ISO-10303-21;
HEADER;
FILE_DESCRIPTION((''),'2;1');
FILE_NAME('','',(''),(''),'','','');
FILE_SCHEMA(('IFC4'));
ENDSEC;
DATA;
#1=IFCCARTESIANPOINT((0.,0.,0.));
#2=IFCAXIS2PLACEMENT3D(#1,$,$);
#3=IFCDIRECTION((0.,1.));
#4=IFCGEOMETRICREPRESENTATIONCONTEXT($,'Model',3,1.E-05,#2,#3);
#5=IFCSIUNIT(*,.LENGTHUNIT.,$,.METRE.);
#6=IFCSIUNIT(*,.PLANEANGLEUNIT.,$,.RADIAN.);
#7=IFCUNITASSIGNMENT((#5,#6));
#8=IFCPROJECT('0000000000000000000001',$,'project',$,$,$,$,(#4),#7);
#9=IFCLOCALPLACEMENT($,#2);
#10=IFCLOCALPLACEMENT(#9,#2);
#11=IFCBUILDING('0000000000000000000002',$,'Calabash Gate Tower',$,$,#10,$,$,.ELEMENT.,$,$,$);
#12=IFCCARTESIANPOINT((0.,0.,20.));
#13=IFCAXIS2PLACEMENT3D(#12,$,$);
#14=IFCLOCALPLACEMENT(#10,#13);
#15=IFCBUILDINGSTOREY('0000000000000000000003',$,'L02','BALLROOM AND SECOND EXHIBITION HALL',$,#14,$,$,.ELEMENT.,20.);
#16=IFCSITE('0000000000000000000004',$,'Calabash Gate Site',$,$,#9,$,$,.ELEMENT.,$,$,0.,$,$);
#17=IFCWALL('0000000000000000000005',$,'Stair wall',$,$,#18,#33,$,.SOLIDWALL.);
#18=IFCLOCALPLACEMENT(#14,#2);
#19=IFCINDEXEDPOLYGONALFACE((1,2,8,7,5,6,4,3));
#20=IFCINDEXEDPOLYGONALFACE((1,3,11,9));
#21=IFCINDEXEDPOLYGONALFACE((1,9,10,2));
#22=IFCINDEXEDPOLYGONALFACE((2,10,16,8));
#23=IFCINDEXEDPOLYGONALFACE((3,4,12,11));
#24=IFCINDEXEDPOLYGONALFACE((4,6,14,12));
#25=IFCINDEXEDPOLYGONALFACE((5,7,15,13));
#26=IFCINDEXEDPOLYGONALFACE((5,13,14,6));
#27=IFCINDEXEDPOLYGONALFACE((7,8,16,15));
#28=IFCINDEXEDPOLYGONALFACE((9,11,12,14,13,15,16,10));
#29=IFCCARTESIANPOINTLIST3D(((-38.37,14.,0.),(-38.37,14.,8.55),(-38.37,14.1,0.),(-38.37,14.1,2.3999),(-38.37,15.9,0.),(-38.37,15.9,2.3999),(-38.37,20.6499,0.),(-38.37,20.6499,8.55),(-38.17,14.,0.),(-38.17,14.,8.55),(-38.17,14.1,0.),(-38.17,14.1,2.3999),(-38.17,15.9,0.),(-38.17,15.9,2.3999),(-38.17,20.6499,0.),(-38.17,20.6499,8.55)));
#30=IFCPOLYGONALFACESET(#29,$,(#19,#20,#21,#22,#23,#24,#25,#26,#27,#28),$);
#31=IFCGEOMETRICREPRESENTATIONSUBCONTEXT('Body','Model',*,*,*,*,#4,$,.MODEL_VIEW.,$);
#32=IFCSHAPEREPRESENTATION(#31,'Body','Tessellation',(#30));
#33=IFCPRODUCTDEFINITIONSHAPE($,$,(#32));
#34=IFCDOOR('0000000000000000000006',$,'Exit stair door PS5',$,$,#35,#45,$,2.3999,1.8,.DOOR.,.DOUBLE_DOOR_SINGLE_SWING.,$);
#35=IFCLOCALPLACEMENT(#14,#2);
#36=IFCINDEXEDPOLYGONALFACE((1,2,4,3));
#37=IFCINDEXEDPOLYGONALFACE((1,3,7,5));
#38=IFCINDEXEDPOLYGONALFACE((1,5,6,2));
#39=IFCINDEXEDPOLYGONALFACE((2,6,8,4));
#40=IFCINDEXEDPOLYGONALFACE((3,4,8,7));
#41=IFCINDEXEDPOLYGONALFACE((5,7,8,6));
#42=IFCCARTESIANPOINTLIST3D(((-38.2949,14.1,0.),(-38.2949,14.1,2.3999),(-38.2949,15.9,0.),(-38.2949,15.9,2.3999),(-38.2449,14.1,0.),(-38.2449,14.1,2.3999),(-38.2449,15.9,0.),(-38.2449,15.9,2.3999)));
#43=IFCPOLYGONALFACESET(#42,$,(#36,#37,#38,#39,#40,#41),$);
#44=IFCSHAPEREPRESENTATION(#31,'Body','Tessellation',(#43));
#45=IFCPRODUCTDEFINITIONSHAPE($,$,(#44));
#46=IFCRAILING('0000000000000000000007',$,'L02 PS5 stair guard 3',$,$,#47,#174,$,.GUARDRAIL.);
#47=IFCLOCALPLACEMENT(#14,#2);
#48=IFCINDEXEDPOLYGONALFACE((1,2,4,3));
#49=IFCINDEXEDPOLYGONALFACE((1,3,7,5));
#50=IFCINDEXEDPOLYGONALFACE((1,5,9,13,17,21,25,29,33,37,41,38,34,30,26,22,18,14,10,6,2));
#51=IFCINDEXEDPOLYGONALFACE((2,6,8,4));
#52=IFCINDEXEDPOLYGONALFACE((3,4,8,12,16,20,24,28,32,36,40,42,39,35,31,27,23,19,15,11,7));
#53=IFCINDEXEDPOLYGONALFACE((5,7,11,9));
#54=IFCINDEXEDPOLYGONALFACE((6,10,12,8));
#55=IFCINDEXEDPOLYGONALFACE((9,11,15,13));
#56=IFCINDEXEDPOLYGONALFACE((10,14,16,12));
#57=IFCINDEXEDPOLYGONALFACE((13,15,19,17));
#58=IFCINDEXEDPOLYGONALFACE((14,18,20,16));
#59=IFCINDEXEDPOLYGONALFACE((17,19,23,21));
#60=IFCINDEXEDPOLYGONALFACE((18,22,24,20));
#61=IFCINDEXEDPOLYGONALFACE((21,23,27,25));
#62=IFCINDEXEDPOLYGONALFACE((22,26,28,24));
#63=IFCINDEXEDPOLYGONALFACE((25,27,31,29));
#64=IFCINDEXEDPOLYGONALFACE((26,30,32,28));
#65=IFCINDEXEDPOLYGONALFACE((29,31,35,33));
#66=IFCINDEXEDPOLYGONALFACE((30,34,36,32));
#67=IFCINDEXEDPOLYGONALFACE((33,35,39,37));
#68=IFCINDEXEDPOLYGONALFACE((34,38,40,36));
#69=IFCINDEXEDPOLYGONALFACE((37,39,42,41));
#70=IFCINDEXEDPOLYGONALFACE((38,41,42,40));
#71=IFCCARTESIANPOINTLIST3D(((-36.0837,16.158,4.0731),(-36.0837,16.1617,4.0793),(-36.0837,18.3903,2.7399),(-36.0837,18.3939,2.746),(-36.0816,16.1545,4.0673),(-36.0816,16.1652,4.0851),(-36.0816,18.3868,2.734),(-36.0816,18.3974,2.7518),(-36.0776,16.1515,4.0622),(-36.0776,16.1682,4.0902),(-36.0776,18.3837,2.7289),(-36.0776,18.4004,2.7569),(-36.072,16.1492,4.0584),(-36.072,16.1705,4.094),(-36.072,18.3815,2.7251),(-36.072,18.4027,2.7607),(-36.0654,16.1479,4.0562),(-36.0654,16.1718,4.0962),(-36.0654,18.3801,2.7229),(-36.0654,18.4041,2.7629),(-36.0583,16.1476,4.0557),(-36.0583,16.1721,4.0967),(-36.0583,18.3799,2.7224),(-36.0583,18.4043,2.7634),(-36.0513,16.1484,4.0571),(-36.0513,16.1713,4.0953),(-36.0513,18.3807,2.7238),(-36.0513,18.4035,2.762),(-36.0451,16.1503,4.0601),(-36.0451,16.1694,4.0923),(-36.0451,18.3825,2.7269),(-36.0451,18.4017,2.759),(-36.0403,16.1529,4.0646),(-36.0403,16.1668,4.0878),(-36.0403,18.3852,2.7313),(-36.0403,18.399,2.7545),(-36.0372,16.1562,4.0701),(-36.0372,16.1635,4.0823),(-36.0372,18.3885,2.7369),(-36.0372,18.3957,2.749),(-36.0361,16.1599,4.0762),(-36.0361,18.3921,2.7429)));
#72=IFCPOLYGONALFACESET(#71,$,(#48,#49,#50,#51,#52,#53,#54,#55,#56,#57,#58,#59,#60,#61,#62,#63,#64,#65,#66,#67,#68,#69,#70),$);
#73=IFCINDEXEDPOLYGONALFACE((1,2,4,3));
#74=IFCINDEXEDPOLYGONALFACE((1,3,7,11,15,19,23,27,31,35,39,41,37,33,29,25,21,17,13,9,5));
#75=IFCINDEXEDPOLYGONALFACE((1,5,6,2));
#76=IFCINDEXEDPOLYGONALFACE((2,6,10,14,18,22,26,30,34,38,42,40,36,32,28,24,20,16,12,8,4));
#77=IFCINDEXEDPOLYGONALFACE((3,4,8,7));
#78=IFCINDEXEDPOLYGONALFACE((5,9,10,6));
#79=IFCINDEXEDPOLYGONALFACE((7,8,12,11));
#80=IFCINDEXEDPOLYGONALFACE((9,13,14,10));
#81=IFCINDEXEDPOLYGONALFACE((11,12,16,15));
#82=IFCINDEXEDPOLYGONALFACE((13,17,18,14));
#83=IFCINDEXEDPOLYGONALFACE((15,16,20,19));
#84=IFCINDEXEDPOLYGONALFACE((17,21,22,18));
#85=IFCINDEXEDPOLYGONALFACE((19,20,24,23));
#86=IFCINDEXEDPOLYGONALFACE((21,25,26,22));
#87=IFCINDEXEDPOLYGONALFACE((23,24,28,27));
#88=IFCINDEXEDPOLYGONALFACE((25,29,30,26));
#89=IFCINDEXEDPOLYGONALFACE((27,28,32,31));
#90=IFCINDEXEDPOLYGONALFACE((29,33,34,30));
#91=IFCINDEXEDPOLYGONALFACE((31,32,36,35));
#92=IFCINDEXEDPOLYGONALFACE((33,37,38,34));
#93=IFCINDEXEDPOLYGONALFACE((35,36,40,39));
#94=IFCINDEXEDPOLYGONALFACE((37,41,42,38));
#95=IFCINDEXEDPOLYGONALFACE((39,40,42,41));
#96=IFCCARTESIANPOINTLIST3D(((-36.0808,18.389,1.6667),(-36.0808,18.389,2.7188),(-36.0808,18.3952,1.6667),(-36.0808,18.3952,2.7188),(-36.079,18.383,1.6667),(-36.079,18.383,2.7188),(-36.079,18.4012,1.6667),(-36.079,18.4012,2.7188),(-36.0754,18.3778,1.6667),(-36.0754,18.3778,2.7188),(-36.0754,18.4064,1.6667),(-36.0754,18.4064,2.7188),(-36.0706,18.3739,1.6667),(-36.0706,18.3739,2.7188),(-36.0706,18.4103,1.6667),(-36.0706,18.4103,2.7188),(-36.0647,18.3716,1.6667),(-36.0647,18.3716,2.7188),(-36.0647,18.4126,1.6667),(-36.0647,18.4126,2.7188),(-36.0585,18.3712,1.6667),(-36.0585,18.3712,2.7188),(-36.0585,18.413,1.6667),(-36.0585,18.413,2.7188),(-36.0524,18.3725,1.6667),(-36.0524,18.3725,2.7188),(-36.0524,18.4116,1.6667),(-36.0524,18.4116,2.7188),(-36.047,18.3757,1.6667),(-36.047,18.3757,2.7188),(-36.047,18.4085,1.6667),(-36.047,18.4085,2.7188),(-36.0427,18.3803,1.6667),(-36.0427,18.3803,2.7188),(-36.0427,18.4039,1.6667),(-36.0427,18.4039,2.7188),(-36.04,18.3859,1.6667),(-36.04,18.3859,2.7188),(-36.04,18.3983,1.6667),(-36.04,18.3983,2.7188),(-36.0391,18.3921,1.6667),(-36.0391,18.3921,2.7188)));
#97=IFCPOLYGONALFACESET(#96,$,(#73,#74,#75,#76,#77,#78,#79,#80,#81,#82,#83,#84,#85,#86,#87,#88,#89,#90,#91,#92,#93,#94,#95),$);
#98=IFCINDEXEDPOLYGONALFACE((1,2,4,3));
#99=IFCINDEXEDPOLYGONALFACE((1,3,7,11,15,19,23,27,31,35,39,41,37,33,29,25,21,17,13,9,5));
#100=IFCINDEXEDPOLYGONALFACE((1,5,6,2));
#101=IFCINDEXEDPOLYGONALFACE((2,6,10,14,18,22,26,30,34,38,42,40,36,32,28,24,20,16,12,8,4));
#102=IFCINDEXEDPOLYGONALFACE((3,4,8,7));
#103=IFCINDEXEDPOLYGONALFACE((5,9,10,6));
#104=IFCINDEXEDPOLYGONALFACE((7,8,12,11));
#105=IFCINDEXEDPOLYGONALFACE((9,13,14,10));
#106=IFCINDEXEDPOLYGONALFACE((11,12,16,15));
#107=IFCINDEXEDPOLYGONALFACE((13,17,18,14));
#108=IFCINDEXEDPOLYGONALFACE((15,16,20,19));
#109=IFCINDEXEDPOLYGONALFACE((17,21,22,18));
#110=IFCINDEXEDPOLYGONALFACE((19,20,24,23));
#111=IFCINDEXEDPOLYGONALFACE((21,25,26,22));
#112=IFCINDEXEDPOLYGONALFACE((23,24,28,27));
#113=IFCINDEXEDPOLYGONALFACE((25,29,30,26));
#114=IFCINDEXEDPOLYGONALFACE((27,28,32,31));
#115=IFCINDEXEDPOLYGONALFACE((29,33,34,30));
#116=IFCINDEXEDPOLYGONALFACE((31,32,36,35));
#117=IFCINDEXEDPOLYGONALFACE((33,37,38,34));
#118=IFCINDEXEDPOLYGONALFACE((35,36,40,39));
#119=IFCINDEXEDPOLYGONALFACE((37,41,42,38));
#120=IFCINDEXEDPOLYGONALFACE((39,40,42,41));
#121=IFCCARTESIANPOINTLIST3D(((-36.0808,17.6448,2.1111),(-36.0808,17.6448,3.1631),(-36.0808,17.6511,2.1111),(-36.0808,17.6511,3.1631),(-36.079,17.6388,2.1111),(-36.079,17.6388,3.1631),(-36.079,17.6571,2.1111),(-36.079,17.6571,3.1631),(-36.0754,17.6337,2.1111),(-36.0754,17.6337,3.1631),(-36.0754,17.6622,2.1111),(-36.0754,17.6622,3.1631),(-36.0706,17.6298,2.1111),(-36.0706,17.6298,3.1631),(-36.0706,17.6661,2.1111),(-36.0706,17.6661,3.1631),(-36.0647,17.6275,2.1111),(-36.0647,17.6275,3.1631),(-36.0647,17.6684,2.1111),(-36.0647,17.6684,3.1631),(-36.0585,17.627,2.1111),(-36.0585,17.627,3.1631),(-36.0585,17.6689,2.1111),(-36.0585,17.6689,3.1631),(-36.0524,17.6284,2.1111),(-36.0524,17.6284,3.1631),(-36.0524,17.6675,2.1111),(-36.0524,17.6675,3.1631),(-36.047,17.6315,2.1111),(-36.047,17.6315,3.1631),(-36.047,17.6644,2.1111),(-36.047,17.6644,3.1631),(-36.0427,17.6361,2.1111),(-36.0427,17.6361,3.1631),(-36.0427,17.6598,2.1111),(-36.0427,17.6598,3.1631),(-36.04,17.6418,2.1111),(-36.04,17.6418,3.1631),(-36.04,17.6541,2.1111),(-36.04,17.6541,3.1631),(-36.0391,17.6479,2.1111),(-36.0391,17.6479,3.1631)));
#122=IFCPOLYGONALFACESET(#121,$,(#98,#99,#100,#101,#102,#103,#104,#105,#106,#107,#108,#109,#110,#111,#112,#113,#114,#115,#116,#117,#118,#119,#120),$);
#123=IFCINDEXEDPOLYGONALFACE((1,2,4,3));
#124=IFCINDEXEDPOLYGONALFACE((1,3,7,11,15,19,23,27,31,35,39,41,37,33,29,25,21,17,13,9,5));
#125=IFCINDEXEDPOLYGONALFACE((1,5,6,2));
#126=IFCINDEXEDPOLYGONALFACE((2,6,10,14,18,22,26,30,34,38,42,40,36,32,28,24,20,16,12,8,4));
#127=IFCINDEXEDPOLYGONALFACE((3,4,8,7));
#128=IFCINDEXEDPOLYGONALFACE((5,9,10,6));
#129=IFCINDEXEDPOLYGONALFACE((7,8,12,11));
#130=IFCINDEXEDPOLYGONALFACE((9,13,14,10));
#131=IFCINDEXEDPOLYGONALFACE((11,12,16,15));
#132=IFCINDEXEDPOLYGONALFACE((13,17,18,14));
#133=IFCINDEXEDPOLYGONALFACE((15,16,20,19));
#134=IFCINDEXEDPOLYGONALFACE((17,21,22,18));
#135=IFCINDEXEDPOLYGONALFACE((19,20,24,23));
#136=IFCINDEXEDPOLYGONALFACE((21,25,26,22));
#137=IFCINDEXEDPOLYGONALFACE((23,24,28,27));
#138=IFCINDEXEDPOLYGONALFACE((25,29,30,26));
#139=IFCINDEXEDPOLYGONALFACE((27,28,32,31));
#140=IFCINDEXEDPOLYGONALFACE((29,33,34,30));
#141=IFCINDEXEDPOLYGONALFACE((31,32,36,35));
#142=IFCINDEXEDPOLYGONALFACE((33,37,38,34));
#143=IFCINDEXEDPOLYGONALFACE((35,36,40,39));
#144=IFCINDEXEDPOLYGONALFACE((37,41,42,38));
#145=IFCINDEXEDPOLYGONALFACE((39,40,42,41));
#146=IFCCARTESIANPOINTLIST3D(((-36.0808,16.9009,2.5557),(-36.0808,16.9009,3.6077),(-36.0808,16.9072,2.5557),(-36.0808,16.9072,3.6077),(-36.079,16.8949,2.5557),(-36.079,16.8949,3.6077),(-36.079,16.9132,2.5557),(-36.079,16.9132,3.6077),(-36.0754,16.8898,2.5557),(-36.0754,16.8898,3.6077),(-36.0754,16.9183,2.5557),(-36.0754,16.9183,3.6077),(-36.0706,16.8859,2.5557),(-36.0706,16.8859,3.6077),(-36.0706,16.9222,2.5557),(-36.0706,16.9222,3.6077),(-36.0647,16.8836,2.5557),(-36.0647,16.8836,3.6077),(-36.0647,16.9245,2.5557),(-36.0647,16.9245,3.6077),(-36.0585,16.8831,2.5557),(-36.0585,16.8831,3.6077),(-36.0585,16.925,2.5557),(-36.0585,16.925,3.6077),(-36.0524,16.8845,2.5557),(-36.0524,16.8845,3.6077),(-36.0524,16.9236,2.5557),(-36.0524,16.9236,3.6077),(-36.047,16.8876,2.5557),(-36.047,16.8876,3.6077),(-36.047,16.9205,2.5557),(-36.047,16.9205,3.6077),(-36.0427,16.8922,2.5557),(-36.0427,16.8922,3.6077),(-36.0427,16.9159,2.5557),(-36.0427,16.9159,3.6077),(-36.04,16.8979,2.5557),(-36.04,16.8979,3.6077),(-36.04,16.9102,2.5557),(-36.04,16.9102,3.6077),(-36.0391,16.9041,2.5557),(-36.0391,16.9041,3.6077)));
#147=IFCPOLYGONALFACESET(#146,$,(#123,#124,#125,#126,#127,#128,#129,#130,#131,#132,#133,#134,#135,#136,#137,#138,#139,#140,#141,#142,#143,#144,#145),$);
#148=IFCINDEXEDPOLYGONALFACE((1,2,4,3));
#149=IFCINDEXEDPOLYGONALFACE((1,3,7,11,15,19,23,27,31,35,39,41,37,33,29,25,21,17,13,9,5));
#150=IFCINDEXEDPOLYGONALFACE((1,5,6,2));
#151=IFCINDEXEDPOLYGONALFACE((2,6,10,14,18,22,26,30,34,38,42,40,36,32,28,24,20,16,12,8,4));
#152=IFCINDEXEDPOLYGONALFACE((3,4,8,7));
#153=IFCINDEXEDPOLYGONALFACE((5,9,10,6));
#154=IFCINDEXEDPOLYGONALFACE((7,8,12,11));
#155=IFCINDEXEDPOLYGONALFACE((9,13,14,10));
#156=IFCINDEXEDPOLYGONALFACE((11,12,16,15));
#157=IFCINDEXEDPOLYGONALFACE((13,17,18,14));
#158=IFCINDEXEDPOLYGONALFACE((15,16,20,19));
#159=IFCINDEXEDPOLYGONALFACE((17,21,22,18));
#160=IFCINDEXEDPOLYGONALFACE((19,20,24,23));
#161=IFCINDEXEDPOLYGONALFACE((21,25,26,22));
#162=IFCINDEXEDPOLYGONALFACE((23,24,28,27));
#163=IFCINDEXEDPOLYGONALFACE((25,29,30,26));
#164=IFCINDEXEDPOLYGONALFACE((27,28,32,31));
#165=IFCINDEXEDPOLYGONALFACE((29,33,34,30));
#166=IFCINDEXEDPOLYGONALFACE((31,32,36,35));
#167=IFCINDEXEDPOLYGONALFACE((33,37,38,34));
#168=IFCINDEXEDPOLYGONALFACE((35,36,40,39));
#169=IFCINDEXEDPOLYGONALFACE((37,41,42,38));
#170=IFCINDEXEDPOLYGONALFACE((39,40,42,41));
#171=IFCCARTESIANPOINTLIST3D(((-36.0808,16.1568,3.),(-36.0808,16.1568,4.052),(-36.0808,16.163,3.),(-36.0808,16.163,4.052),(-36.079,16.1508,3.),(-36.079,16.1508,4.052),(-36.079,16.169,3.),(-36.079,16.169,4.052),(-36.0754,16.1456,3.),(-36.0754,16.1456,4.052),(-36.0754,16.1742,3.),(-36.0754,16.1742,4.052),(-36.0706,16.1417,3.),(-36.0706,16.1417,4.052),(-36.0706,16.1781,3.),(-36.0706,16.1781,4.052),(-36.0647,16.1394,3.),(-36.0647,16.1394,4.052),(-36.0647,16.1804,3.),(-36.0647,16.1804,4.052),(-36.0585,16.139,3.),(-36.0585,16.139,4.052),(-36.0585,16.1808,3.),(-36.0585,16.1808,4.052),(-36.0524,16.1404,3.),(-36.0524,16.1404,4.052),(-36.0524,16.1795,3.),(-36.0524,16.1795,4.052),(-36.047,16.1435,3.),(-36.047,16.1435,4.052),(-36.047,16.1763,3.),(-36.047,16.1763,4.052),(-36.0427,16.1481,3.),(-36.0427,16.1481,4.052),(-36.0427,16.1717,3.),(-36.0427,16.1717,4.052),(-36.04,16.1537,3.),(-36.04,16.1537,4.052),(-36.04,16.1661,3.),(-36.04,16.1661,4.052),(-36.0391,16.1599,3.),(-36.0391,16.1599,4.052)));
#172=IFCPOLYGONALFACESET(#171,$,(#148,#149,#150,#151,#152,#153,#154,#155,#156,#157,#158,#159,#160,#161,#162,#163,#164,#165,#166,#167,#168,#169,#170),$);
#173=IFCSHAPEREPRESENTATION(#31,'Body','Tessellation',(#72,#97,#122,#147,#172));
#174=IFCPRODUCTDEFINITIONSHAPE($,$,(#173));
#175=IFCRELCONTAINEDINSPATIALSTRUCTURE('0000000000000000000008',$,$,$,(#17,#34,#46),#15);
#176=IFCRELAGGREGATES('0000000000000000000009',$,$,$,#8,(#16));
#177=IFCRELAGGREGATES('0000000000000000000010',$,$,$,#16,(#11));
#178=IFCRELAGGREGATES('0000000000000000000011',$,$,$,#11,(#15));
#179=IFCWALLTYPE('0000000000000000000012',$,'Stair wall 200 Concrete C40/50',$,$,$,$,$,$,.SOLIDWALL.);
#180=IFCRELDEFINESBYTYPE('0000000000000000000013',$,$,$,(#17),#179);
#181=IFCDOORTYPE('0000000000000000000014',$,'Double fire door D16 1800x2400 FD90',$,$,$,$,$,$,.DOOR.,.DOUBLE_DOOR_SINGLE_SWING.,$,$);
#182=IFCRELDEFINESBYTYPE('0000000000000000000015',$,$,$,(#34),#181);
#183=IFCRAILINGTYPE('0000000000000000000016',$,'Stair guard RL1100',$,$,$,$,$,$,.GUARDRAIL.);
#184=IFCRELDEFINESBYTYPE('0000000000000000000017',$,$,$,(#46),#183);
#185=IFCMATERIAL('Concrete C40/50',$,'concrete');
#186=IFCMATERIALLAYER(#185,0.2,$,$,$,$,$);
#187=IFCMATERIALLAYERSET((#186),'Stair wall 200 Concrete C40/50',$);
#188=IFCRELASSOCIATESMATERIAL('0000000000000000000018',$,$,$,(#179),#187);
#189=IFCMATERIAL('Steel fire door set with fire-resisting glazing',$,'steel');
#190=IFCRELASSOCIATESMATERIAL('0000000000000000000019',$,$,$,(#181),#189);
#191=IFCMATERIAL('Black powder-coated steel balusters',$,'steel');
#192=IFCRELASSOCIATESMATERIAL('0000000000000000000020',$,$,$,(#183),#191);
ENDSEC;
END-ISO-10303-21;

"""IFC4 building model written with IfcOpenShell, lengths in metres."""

from ifc_helpers import new_model, si_unit, direction, frame, frame_2d, origin, origin_2d, place, context, subcontext, project, spatial, rectangle, circle, extrude, material, layer, layer_set, type_object, element, fill, save


model = new_model("IFC4")

# Units and contexts
model_context = context("Model", 3, precision=1e-05, world=origin(), true_north=direction((0.0, 1.0)))
body_context = subcontext(model_context, "Body", "Model", "MODEL_VIEW")
ifc_project = project(units=[si_unit("LENGTHUNIT", "METRE"), si_unit("PLANEANGLEUNIT", "RADIAN")], contexts=[model_context])

# Site, building, storey
site_placement = place(None, origin())
site = spatial("IfcSite", under=ifc_project, at=site_placement, Name="Calabash Gate Site", CompositionType="ELEMENT", RefElevation=0.0)
building_placement = place(site_placement, origin())
building = spatial("IfcBuilding", under=site, at=building_placement, Name="Calabash Gate Tower", CompositionType="ELEMENT")
storey_placement = place(building_placement, frame((0.0, 0.0, 20.0)))
storey = spatial("IfcBuildingStorey", under=building, at=storey_placement, Name="L02", Description="BALLROOM AND SECOND EXHIBITION HALL", CompositionType="ELEMENT", Elevation=20.0)

# Shared definitions
ifc_material_1 = material(Name="Concrete C40/50", Category="concrete")
ifc_layer_1 = layer(ifc_material_1, 0.2)
ifc_layer_set_1 = layer_set([ifc_layer_1], Name="Stair wall 200 Concrete C40/50")
wall_type_1 = type_object("IfcWallType", Name="Stair wall 200 Concrete C40/50", PredefinedType="SOLIDWALL", material=ifc_layer_set_1)

# Wall, opening, door
wall_1_placement = place(storey_placement, frame((-38.27, 14.0, 0.0), z_axis=(0.0, 0.0, 1.0), x_axis=(0.0, 1.0, 0.0)))
wall_1 = element("IfcWall", 1, at=wall_1_placement, inside=storey, type_object=wall_type_1, Name="Stair wall", PredefinedType="SOLIDWALL", context=body_context, shape_type="SweptSolid", body=[
    extrude(rectangle(XDim=6.6499, YDim=0.2, at=frame_2d((3.325, 0.0))), origin(), (0.0, 0.0, 1.0), 8.55),
])
opening_placement = place(wall_1_placement, frame((0.1001, 0.0, 0.0)))
opening = element("IfcOpeningElement", 2, at=opening_placement, cuts=wall_1, PredefinedType="OPENING", context=body_context, shape_type="SweptSolid", body=[
    extrude(rectangle(XDim=1.8, YDim=2.3999, at=frame_2d((0.8999, 1.2))), frame((0.0, 0.1099, 0.0), z_axis=(0.0, -1.0, 0.0), x_axis=(1.0, 0.0, 0.0)), (0.0, 0.0, 1.0), 0.22),
])
ifc_material_2 = material(Name="Steel fire door set with fire-resisting glazing", Category="steel")
door_type = type_object("IfcDoorType", Name="Double fire door D16 1800x2400 FD90", OperationType="DOUBLE_DOOR_SINGLE_SWING", PredefinedType="DOOR", material=ifc_material_2)
door_placement = place(opening_placement, origin())
door = element("IfcDoor", 3, at=door_placement, inside=storey, type_object=door_type, Name="Exit stair door PS5", OperationType="DOUBLE_DOOR_SINGLE_SWING", OverallHeight=2.3999, OverallWidth=1.8, PredefinedType="DOOR", context=body_context, shape_type="SweptSolid", body=[
    extrude(rectangle(XDim=1.8, YDim=2.3999, at=frame_2d((0.8999, 1.2))), frame((0.0, 0.0249, 0.0), z_axis=(0.0, -1.0, 0.0), x_axis=(1.0, 0.0, 0.0)), (0.0, 0.0, 1.0), 0.05),
])
fill(opening, door)

# Railing
ifc_material_3 = material(Name="Black powder-coated steel balusters", Category="steel")
railing_type_1 = type_object("IfcRailingType", Name="Stair guard RL1100", PredefinedType="GUARDRAIL", material=ifc_material_3)
railing_1_placement = place(storey_placement, frame((-36.0601, 18.3921, 1.6667)))
element("IfcRailing", 4, at=railing_1_placement, inside=storey, type_object=railing_type_1, Name="L02 PS5 stair guard 3", PredefinedType="GUARDRAIL", context=body_context, shape_type="SweptSolid", body=[
    extrude(circle(Radius=0.0239, at=origin_2d()), frame((0.0, 0.0, 1.0762), z_axis=(0.0, -0.858519, 0.512782), x_axis=(1.0, 0.0, 0.0)), (0.0, 0.0, 1.0), 2.6001),
    extrude(circle(Radius=0.021, at=origin_2d()), origin(), (0.0, 0.0, 1.0), 1.052),
    extrude(circle(Radius=0.021, at=origin_2d()), frame((0.0, -0.7441, 0.4443)), (0.0, 0.0, 1.0), 1.052),
    extrude(circle(Radius=0.021, at=origin_2d()), frame((0.0, -1.488, 0.8889)), (0.0, 0.0, 1.0), 1.052),
    extrude(circle(Radius=0.021, at=origin_2d()), frame((0.0, -2.2322, 1.3333)), (0.0, 0.0, 1.0), 1.052),
])

save(model, "model.ifc")
